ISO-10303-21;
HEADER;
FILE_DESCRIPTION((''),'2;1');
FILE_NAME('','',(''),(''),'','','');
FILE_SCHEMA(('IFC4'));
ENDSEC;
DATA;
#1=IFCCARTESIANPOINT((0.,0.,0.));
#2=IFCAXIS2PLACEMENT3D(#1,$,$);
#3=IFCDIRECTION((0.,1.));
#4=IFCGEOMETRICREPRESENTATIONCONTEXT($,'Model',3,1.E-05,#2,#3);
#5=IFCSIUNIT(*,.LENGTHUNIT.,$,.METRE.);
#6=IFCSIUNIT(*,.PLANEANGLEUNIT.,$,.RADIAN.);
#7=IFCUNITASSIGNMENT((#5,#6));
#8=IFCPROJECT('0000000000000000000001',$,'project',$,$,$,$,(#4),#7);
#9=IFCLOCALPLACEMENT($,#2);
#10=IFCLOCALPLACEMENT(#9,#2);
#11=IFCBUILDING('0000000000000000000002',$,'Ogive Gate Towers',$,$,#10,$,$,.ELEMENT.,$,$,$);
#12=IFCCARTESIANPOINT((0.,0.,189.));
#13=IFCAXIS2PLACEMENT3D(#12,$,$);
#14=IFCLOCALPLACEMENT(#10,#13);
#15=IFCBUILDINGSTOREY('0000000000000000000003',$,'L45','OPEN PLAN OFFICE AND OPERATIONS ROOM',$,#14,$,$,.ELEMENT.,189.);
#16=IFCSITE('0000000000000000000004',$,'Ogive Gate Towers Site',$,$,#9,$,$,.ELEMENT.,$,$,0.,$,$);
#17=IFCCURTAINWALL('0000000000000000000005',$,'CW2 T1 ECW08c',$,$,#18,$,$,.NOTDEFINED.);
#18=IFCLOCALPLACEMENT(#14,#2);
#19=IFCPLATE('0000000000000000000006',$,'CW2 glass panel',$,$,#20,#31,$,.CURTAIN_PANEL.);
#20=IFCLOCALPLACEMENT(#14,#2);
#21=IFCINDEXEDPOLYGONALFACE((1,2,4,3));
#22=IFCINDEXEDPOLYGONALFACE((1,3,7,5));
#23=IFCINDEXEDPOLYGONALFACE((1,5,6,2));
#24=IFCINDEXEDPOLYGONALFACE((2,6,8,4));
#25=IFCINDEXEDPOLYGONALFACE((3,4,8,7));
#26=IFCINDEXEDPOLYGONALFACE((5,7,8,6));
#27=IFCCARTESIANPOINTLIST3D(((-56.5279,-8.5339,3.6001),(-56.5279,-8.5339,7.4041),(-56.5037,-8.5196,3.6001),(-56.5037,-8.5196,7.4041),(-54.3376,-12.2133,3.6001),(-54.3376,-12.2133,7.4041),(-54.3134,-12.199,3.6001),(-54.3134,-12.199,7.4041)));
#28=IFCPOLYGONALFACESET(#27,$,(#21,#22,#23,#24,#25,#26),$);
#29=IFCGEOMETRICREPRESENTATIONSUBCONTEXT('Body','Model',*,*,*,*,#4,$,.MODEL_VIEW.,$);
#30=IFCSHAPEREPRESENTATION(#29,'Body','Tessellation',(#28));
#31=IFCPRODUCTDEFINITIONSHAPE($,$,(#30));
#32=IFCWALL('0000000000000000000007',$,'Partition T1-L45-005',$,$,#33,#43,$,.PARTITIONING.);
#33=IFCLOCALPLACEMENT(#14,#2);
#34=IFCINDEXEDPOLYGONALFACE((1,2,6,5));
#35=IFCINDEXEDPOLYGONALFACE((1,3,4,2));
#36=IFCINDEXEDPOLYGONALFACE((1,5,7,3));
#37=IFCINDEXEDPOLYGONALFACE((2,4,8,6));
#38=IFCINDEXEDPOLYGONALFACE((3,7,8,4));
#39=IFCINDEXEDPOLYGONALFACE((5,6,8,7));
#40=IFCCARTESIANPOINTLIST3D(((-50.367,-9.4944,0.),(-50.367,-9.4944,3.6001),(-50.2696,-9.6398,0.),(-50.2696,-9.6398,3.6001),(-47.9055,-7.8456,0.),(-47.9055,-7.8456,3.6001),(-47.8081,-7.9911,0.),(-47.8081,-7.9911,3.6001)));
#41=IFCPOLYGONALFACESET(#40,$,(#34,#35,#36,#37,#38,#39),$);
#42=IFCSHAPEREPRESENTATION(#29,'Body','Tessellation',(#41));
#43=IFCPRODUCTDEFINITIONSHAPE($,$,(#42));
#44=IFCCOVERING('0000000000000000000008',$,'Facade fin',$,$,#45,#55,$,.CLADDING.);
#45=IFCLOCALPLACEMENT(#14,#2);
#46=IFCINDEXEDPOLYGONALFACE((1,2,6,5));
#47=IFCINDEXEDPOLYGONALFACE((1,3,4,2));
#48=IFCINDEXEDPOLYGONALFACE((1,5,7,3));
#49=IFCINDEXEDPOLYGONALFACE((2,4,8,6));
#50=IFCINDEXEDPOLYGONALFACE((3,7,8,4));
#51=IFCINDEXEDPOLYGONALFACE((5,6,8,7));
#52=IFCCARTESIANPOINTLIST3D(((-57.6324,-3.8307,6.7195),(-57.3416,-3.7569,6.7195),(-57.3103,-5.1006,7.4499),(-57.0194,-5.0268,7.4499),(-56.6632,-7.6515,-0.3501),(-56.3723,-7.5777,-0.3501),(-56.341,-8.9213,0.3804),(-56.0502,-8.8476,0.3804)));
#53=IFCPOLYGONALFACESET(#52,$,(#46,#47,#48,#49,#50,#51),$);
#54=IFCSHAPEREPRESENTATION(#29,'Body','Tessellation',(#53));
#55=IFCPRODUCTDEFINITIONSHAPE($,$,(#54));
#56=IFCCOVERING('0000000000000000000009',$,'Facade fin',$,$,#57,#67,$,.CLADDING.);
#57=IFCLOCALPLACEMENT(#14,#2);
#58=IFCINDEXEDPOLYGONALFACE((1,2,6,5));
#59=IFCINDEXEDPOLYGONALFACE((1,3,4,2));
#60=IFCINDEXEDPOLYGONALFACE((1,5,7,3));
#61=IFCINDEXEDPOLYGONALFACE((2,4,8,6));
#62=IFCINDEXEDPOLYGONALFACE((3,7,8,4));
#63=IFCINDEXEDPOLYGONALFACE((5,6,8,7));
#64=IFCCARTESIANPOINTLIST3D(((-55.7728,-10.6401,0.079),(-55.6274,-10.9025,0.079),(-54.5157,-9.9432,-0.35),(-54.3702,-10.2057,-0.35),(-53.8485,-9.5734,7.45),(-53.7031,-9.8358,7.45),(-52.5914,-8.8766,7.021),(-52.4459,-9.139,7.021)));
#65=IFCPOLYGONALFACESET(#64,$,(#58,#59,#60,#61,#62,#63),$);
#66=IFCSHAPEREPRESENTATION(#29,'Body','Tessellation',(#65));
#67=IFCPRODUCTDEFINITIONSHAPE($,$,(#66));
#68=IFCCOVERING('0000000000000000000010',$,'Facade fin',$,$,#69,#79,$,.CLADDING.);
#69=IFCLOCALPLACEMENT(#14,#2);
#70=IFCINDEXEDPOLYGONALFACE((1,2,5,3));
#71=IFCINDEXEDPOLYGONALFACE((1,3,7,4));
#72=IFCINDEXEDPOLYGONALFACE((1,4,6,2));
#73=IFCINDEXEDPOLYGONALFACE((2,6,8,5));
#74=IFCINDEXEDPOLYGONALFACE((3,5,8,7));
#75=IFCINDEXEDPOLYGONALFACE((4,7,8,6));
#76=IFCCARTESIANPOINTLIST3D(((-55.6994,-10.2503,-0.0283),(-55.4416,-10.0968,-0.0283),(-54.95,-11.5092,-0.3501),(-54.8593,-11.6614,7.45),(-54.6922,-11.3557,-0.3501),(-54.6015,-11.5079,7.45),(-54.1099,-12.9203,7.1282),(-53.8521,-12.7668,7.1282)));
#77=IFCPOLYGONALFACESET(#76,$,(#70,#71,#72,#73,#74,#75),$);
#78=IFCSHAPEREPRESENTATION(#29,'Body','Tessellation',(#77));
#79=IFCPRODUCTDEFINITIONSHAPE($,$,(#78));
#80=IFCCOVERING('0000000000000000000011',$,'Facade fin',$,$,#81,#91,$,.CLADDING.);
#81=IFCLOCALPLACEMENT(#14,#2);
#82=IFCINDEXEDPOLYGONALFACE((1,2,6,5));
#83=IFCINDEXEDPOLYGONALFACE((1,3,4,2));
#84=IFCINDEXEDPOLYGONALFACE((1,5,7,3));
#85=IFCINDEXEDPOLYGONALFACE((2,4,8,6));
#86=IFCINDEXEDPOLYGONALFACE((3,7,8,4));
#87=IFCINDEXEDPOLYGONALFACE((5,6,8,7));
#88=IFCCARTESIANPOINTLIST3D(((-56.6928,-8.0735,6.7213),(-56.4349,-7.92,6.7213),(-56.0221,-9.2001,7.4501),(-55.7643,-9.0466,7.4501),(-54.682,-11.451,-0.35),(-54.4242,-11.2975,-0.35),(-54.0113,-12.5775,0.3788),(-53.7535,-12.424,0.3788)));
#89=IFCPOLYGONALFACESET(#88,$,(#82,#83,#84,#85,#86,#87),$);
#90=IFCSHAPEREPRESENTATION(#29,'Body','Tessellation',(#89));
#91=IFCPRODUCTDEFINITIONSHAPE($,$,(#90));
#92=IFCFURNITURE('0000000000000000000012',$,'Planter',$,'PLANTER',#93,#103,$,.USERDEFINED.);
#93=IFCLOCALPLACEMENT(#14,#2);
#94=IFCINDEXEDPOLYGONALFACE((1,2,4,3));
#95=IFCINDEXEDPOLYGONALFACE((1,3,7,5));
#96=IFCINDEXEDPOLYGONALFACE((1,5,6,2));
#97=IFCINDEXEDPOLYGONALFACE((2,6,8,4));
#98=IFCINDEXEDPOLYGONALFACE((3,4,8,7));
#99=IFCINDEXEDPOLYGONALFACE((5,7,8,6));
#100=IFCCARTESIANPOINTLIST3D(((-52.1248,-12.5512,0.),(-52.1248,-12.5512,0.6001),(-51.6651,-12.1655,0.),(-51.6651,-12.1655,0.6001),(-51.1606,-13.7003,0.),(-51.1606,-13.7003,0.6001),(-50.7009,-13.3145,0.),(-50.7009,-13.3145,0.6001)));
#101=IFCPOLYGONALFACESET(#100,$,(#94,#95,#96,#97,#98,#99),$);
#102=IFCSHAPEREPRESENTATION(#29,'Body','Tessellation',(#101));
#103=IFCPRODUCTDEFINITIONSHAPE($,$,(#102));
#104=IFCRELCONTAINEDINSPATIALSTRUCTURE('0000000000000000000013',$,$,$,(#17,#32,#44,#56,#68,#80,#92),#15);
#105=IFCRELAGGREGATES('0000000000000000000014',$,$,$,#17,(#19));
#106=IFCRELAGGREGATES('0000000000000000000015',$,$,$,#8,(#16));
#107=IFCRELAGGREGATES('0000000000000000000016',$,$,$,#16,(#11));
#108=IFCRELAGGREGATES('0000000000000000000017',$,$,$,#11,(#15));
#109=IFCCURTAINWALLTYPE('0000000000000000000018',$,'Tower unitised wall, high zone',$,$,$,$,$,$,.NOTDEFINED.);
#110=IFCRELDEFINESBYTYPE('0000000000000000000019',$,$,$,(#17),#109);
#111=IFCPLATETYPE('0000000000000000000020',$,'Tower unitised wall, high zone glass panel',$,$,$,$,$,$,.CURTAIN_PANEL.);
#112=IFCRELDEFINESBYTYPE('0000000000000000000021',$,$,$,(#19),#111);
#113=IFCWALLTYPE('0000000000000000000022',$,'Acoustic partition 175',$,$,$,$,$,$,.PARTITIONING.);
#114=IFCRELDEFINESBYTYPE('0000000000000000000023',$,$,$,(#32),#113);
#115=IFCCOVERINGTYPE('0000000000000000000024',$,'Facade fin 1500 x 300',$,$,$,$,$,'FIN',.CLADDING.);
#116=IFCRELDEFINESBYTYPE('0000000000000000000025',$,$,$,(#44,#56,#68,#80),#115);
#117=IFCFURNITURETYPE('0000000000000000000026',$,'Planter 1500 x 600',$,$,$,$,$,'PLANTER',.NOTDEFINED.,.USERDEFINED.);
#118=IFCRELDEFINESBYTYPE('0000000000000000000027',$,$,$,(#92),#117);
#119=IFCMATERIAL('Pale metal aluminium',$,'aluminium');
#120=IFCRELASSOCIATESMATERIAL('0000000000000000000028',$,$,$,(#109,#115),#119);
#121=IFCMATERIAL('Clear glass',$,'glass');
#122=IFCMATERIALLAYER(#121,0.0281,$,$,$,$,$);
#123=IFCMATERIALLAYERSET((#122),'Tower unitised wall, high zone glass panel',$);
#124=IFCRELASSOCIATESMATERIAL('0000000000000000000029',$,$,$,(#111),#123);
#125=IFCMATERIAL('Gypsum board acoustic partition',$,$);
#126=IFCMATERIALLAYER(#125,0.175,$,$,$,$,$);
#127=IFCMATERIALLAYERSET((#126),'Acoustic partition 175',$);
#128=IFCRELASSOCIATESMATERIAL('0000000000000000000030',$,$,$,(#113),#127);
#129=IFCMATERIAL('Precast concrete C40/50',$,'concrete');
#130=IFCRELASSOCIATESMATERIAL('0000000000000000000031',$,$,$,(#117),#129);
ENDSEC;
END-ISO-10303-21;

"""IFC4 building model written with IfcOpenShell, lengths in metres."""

from ifc_helpers import new_model, si_unit, direction, frame, frame_2d, origin, origin_2d, place, context, subcontext, project, spatial, rectangle, extrude, material, layer, layer_set, material_profile, profile_set, type_object, element, aggregate, save


model = new_model("IFC4")

# Units and contexts
model_context = context("Model", 3, precision=1e-05, world=origin(), true_north=direction((0.0, 1.0)))
body_context = subcontext(model_context, "Body", "Model", "MODEL_VIEW")
ifc_project = project(units=[si_unit("LENGTHUNIT", "METRE"), si_unit("PLANEANGLEUNIT", "RADIAN")], contexts=[model_context])

# Site, building, storey
site_placement = place(None, origin())
site = spatial("IfcSite", under=ifc_project, at=site_placement, Name="Ogive Gate Towers Site", CompositionType="ELEMENT", RefElevation=0.0)
building_placement = place(site_placement, origin())
building = spatial("IfcBuilding", under=site, at=building_placement, Name="Ogive Gate Towers", CompositionType="ELEMENT")
storey_placement = place(building_placement, frame((0.0, 0.0, 189.0)))
storey = spatial("IfcBuildingStorey", under=building, at=storey_placement, Name="L45", Description="OPEN PLAN OFFICE AND OPERATIONS ROOM", CompositionType="ELEMENT", Elevation=189.0)

# Shared definitions
ifc_material_1 = material(Name="Pale metal aluminium", Category="aluminium")

# Shared definitions
curtain_wall_type_1 = type_object("IfcCurtainWallType", Name="Tower unitised wall, high zone", PredefinedType="NOTDEFINED", material=ifc_material_1)

# Curtain wall
curtain_wall_1_placement = place(storey_placement, origin())
curtain_wall_1 = element("IfcCurtainWall", 1, at=curtain_wall_1_placement, inside=storey, type_object=curtain_wall_type_1, Name="CW2 T1 ECW08c", PredefinedType="NOTDEFINED")

# Plate
ifc_material_2 = material(Name="Clear glass", Category="glass")
ifc_layer_1 = layer(ifc_material_2, 0.0281)
ifc_layer_set_1 = layer_set([ifc_layer_1], Name="Tower unitised wall, high zone glass panel")
plate_type_1 = type_object("IfcPlateType", Name="Tower unitised wall, high zone glass panel", PredefinedType="CURTAIN_PANEL", material=ifc_layer_set_1)
plate_1_placement = place(storey_placement, frame((-55.4207, -10.3665, 3.6001), z_axis=(0.0, 0.0, 1.0), x_axis=(-0.511518, 0.859273, 0.0)))
plate_1 = element("IfcPlate", 2, at=plate_1_placement, type_object=plate_type_1, Name="CW2 glass panel", PredefinedType="CURTAIN_PANEL", context=body_context, shape_type="SweptSolid", body=[
    extrude(rectangle(XDim=4.282, YDim=0.0281, at=origin_2d()), origin(), (0.0, 0.0, 1.0), 3.804),
])
aggregate(curtain_wall_1, [plate_1])

# Wall
ifc_material_3 = material(Name="Gypsum board acoustic partition")
ifc_layer_2 = layer(ifc_material_3, 0.175)
ifc_layer_set_2 = layer_set([ifc_layer_2], Name="Acoustic partition 175")
wall_type = type_object("IfcWallType", Name="Acoustic partition 175", PredefinedType="PARTITIONING", material=ifc_layer_set_2)
wall_placement = place(storey_placement, frame((-50.3184, -9.5671, 0.0), z_axis=(0.0, 0.0, 1.0), x_axis=(0.830844, 0.556506, 0.0)))
element("IfcWall", 3, at=wall_placement, inside=storey, type_object=wall_type, Name="Partition T1-L45-005", PredefinedType="PARTITIONING", context=body_context, shape_type="SweptSolid", body=[
    extrude(rectangle(XDim=2.9626, YDim=0.175, at=frame_2d((1.4814, 0.0))), origin(), (0.0, 0.0, 1.0), 3.6001),
])

# Coverings
ifc_material_profile_1 = material_profile(ifc_material_1, rectangle(XDim=0.3, YDim=1.5, at=origin_2d()), Name="1500 x 300 pale metal aluminium")
ifc_profile_set_1 = profile_set([ifc_material_profile_1], Name="Pale metal aluminium")
covering_type = type_object("IfcCoveringType", Name="Facade fin 1500 x 300", ElementType="FIN", PredefinedType="CLADDING", material=ifc_profile_set_1)
covering_1_placement = place(storey_placement, frame((-56.3567, -8.2495, 0.0151), z_axis=(-0.119744, 0.472039, 0.873408), x_axis=(-0.969299, -0.245886, 0.0)))
element("IfcCovering", 4, at=covering_1_placement, inside=storey, type_object=covering_type, Name="Facade fin", PredefinedType="CLADDING", context=body_context, shape_type="SweptSolid", body=[
    extrude(rectangle(XDim=0.3, YDim=1.5, at=origin_2d()), origin(), (0.0, 0.0, 1.0), 8.0942),
])
covering_2_placement = place(storey_placement, frame((-55.0715, -10.4229, -0.1355), z_axis=(0.250157, 0.138662, 0.958225), x_axis=(-0.484804, 0.874623, 0.0)))
element("IfcCovering", 5, at=covering_2_placement, inside=storey, type_object=covering_type, Name="Facade fin", PredefinedType="CLADDING", context=body_context, shape_type="SweptSolid", body=[
    extrude(rectangle(XDim=0.3, YDim=1.5, at=origin_2d()), origin(), (0.0, 0.0, 1.0), 7.6924),
])
covering_3_placement = place(storey_placement, frame((-55.1958, -10.803, -0.1892), z_axis=(0.109723, -0.184306, 0.976725), x_axis=(0.859259, 0.511541, 0.0)))
element("IfcCovering", 6, at=covering_3_placement, inside=storey, type_object=covering_type, Name="Facade fin", PredefinedType="CLADDING", context=body_context, shape_type="SweptSolid", body=[
    extrude(rectangle(XDim=0.3, YDim=1.5, at=origin_2d()), origin(), (0.0, 0.0, 1.0), 7.6565),
])
covering_4_placement = place(storey_placement, frame((-54.2178, -11.9375, 0.0144), z_axis=(-0.248537, 0.417467, 0.874043), x_axis=(-0.859253, -0.511552, 0.0)))
element("IfcCovering", 7, at=covering_4_placement, inside=storey, type_object=covering_type, Name="Facade fin", PredefinedType="CLADDING", context=body_context, shape_type="SweptSolid", body=[
    extrude(rectangle(XDim=0.3, YDim=1.5, at=origin_2d()), origin(), (0.0, 0.0, 1.0), 8.0903),
])

# Furniture
ifc_material_4 = material(Name="Precast concrete C40/50", Category="concrete")
furniture_type = type_object("IfcFurnitureType", Name="Planter 1500 x 600", ElementType="PLANTER", AssemblyPlace="NOTDEFINED", PredefinedType="USERDEFINED", material=ifc_material_4)
furniture_placement = place(storey_placement, frame((-51.4128, -12.9329, 0.0), z_axis=(0.0, 0.0, 1.0), x_axis=(0.642788, -0.766044, 0.0)))
element("IfcFurniture", 8, at=furniture_placement, inside=storey, type_object=furniture_type, Name="Planter", ObjectType="PLANTER", PredefinedType="USERDEFINED", context=body_context, shape_type="SweptSolid", body=[
    extrude(rectangle(XDim=1.5, YDim=0.6001, at=origin_2d()), origin(), (0.0, 0.0, 1.0), 0.6001),
])

save(model, "model.ifc")
